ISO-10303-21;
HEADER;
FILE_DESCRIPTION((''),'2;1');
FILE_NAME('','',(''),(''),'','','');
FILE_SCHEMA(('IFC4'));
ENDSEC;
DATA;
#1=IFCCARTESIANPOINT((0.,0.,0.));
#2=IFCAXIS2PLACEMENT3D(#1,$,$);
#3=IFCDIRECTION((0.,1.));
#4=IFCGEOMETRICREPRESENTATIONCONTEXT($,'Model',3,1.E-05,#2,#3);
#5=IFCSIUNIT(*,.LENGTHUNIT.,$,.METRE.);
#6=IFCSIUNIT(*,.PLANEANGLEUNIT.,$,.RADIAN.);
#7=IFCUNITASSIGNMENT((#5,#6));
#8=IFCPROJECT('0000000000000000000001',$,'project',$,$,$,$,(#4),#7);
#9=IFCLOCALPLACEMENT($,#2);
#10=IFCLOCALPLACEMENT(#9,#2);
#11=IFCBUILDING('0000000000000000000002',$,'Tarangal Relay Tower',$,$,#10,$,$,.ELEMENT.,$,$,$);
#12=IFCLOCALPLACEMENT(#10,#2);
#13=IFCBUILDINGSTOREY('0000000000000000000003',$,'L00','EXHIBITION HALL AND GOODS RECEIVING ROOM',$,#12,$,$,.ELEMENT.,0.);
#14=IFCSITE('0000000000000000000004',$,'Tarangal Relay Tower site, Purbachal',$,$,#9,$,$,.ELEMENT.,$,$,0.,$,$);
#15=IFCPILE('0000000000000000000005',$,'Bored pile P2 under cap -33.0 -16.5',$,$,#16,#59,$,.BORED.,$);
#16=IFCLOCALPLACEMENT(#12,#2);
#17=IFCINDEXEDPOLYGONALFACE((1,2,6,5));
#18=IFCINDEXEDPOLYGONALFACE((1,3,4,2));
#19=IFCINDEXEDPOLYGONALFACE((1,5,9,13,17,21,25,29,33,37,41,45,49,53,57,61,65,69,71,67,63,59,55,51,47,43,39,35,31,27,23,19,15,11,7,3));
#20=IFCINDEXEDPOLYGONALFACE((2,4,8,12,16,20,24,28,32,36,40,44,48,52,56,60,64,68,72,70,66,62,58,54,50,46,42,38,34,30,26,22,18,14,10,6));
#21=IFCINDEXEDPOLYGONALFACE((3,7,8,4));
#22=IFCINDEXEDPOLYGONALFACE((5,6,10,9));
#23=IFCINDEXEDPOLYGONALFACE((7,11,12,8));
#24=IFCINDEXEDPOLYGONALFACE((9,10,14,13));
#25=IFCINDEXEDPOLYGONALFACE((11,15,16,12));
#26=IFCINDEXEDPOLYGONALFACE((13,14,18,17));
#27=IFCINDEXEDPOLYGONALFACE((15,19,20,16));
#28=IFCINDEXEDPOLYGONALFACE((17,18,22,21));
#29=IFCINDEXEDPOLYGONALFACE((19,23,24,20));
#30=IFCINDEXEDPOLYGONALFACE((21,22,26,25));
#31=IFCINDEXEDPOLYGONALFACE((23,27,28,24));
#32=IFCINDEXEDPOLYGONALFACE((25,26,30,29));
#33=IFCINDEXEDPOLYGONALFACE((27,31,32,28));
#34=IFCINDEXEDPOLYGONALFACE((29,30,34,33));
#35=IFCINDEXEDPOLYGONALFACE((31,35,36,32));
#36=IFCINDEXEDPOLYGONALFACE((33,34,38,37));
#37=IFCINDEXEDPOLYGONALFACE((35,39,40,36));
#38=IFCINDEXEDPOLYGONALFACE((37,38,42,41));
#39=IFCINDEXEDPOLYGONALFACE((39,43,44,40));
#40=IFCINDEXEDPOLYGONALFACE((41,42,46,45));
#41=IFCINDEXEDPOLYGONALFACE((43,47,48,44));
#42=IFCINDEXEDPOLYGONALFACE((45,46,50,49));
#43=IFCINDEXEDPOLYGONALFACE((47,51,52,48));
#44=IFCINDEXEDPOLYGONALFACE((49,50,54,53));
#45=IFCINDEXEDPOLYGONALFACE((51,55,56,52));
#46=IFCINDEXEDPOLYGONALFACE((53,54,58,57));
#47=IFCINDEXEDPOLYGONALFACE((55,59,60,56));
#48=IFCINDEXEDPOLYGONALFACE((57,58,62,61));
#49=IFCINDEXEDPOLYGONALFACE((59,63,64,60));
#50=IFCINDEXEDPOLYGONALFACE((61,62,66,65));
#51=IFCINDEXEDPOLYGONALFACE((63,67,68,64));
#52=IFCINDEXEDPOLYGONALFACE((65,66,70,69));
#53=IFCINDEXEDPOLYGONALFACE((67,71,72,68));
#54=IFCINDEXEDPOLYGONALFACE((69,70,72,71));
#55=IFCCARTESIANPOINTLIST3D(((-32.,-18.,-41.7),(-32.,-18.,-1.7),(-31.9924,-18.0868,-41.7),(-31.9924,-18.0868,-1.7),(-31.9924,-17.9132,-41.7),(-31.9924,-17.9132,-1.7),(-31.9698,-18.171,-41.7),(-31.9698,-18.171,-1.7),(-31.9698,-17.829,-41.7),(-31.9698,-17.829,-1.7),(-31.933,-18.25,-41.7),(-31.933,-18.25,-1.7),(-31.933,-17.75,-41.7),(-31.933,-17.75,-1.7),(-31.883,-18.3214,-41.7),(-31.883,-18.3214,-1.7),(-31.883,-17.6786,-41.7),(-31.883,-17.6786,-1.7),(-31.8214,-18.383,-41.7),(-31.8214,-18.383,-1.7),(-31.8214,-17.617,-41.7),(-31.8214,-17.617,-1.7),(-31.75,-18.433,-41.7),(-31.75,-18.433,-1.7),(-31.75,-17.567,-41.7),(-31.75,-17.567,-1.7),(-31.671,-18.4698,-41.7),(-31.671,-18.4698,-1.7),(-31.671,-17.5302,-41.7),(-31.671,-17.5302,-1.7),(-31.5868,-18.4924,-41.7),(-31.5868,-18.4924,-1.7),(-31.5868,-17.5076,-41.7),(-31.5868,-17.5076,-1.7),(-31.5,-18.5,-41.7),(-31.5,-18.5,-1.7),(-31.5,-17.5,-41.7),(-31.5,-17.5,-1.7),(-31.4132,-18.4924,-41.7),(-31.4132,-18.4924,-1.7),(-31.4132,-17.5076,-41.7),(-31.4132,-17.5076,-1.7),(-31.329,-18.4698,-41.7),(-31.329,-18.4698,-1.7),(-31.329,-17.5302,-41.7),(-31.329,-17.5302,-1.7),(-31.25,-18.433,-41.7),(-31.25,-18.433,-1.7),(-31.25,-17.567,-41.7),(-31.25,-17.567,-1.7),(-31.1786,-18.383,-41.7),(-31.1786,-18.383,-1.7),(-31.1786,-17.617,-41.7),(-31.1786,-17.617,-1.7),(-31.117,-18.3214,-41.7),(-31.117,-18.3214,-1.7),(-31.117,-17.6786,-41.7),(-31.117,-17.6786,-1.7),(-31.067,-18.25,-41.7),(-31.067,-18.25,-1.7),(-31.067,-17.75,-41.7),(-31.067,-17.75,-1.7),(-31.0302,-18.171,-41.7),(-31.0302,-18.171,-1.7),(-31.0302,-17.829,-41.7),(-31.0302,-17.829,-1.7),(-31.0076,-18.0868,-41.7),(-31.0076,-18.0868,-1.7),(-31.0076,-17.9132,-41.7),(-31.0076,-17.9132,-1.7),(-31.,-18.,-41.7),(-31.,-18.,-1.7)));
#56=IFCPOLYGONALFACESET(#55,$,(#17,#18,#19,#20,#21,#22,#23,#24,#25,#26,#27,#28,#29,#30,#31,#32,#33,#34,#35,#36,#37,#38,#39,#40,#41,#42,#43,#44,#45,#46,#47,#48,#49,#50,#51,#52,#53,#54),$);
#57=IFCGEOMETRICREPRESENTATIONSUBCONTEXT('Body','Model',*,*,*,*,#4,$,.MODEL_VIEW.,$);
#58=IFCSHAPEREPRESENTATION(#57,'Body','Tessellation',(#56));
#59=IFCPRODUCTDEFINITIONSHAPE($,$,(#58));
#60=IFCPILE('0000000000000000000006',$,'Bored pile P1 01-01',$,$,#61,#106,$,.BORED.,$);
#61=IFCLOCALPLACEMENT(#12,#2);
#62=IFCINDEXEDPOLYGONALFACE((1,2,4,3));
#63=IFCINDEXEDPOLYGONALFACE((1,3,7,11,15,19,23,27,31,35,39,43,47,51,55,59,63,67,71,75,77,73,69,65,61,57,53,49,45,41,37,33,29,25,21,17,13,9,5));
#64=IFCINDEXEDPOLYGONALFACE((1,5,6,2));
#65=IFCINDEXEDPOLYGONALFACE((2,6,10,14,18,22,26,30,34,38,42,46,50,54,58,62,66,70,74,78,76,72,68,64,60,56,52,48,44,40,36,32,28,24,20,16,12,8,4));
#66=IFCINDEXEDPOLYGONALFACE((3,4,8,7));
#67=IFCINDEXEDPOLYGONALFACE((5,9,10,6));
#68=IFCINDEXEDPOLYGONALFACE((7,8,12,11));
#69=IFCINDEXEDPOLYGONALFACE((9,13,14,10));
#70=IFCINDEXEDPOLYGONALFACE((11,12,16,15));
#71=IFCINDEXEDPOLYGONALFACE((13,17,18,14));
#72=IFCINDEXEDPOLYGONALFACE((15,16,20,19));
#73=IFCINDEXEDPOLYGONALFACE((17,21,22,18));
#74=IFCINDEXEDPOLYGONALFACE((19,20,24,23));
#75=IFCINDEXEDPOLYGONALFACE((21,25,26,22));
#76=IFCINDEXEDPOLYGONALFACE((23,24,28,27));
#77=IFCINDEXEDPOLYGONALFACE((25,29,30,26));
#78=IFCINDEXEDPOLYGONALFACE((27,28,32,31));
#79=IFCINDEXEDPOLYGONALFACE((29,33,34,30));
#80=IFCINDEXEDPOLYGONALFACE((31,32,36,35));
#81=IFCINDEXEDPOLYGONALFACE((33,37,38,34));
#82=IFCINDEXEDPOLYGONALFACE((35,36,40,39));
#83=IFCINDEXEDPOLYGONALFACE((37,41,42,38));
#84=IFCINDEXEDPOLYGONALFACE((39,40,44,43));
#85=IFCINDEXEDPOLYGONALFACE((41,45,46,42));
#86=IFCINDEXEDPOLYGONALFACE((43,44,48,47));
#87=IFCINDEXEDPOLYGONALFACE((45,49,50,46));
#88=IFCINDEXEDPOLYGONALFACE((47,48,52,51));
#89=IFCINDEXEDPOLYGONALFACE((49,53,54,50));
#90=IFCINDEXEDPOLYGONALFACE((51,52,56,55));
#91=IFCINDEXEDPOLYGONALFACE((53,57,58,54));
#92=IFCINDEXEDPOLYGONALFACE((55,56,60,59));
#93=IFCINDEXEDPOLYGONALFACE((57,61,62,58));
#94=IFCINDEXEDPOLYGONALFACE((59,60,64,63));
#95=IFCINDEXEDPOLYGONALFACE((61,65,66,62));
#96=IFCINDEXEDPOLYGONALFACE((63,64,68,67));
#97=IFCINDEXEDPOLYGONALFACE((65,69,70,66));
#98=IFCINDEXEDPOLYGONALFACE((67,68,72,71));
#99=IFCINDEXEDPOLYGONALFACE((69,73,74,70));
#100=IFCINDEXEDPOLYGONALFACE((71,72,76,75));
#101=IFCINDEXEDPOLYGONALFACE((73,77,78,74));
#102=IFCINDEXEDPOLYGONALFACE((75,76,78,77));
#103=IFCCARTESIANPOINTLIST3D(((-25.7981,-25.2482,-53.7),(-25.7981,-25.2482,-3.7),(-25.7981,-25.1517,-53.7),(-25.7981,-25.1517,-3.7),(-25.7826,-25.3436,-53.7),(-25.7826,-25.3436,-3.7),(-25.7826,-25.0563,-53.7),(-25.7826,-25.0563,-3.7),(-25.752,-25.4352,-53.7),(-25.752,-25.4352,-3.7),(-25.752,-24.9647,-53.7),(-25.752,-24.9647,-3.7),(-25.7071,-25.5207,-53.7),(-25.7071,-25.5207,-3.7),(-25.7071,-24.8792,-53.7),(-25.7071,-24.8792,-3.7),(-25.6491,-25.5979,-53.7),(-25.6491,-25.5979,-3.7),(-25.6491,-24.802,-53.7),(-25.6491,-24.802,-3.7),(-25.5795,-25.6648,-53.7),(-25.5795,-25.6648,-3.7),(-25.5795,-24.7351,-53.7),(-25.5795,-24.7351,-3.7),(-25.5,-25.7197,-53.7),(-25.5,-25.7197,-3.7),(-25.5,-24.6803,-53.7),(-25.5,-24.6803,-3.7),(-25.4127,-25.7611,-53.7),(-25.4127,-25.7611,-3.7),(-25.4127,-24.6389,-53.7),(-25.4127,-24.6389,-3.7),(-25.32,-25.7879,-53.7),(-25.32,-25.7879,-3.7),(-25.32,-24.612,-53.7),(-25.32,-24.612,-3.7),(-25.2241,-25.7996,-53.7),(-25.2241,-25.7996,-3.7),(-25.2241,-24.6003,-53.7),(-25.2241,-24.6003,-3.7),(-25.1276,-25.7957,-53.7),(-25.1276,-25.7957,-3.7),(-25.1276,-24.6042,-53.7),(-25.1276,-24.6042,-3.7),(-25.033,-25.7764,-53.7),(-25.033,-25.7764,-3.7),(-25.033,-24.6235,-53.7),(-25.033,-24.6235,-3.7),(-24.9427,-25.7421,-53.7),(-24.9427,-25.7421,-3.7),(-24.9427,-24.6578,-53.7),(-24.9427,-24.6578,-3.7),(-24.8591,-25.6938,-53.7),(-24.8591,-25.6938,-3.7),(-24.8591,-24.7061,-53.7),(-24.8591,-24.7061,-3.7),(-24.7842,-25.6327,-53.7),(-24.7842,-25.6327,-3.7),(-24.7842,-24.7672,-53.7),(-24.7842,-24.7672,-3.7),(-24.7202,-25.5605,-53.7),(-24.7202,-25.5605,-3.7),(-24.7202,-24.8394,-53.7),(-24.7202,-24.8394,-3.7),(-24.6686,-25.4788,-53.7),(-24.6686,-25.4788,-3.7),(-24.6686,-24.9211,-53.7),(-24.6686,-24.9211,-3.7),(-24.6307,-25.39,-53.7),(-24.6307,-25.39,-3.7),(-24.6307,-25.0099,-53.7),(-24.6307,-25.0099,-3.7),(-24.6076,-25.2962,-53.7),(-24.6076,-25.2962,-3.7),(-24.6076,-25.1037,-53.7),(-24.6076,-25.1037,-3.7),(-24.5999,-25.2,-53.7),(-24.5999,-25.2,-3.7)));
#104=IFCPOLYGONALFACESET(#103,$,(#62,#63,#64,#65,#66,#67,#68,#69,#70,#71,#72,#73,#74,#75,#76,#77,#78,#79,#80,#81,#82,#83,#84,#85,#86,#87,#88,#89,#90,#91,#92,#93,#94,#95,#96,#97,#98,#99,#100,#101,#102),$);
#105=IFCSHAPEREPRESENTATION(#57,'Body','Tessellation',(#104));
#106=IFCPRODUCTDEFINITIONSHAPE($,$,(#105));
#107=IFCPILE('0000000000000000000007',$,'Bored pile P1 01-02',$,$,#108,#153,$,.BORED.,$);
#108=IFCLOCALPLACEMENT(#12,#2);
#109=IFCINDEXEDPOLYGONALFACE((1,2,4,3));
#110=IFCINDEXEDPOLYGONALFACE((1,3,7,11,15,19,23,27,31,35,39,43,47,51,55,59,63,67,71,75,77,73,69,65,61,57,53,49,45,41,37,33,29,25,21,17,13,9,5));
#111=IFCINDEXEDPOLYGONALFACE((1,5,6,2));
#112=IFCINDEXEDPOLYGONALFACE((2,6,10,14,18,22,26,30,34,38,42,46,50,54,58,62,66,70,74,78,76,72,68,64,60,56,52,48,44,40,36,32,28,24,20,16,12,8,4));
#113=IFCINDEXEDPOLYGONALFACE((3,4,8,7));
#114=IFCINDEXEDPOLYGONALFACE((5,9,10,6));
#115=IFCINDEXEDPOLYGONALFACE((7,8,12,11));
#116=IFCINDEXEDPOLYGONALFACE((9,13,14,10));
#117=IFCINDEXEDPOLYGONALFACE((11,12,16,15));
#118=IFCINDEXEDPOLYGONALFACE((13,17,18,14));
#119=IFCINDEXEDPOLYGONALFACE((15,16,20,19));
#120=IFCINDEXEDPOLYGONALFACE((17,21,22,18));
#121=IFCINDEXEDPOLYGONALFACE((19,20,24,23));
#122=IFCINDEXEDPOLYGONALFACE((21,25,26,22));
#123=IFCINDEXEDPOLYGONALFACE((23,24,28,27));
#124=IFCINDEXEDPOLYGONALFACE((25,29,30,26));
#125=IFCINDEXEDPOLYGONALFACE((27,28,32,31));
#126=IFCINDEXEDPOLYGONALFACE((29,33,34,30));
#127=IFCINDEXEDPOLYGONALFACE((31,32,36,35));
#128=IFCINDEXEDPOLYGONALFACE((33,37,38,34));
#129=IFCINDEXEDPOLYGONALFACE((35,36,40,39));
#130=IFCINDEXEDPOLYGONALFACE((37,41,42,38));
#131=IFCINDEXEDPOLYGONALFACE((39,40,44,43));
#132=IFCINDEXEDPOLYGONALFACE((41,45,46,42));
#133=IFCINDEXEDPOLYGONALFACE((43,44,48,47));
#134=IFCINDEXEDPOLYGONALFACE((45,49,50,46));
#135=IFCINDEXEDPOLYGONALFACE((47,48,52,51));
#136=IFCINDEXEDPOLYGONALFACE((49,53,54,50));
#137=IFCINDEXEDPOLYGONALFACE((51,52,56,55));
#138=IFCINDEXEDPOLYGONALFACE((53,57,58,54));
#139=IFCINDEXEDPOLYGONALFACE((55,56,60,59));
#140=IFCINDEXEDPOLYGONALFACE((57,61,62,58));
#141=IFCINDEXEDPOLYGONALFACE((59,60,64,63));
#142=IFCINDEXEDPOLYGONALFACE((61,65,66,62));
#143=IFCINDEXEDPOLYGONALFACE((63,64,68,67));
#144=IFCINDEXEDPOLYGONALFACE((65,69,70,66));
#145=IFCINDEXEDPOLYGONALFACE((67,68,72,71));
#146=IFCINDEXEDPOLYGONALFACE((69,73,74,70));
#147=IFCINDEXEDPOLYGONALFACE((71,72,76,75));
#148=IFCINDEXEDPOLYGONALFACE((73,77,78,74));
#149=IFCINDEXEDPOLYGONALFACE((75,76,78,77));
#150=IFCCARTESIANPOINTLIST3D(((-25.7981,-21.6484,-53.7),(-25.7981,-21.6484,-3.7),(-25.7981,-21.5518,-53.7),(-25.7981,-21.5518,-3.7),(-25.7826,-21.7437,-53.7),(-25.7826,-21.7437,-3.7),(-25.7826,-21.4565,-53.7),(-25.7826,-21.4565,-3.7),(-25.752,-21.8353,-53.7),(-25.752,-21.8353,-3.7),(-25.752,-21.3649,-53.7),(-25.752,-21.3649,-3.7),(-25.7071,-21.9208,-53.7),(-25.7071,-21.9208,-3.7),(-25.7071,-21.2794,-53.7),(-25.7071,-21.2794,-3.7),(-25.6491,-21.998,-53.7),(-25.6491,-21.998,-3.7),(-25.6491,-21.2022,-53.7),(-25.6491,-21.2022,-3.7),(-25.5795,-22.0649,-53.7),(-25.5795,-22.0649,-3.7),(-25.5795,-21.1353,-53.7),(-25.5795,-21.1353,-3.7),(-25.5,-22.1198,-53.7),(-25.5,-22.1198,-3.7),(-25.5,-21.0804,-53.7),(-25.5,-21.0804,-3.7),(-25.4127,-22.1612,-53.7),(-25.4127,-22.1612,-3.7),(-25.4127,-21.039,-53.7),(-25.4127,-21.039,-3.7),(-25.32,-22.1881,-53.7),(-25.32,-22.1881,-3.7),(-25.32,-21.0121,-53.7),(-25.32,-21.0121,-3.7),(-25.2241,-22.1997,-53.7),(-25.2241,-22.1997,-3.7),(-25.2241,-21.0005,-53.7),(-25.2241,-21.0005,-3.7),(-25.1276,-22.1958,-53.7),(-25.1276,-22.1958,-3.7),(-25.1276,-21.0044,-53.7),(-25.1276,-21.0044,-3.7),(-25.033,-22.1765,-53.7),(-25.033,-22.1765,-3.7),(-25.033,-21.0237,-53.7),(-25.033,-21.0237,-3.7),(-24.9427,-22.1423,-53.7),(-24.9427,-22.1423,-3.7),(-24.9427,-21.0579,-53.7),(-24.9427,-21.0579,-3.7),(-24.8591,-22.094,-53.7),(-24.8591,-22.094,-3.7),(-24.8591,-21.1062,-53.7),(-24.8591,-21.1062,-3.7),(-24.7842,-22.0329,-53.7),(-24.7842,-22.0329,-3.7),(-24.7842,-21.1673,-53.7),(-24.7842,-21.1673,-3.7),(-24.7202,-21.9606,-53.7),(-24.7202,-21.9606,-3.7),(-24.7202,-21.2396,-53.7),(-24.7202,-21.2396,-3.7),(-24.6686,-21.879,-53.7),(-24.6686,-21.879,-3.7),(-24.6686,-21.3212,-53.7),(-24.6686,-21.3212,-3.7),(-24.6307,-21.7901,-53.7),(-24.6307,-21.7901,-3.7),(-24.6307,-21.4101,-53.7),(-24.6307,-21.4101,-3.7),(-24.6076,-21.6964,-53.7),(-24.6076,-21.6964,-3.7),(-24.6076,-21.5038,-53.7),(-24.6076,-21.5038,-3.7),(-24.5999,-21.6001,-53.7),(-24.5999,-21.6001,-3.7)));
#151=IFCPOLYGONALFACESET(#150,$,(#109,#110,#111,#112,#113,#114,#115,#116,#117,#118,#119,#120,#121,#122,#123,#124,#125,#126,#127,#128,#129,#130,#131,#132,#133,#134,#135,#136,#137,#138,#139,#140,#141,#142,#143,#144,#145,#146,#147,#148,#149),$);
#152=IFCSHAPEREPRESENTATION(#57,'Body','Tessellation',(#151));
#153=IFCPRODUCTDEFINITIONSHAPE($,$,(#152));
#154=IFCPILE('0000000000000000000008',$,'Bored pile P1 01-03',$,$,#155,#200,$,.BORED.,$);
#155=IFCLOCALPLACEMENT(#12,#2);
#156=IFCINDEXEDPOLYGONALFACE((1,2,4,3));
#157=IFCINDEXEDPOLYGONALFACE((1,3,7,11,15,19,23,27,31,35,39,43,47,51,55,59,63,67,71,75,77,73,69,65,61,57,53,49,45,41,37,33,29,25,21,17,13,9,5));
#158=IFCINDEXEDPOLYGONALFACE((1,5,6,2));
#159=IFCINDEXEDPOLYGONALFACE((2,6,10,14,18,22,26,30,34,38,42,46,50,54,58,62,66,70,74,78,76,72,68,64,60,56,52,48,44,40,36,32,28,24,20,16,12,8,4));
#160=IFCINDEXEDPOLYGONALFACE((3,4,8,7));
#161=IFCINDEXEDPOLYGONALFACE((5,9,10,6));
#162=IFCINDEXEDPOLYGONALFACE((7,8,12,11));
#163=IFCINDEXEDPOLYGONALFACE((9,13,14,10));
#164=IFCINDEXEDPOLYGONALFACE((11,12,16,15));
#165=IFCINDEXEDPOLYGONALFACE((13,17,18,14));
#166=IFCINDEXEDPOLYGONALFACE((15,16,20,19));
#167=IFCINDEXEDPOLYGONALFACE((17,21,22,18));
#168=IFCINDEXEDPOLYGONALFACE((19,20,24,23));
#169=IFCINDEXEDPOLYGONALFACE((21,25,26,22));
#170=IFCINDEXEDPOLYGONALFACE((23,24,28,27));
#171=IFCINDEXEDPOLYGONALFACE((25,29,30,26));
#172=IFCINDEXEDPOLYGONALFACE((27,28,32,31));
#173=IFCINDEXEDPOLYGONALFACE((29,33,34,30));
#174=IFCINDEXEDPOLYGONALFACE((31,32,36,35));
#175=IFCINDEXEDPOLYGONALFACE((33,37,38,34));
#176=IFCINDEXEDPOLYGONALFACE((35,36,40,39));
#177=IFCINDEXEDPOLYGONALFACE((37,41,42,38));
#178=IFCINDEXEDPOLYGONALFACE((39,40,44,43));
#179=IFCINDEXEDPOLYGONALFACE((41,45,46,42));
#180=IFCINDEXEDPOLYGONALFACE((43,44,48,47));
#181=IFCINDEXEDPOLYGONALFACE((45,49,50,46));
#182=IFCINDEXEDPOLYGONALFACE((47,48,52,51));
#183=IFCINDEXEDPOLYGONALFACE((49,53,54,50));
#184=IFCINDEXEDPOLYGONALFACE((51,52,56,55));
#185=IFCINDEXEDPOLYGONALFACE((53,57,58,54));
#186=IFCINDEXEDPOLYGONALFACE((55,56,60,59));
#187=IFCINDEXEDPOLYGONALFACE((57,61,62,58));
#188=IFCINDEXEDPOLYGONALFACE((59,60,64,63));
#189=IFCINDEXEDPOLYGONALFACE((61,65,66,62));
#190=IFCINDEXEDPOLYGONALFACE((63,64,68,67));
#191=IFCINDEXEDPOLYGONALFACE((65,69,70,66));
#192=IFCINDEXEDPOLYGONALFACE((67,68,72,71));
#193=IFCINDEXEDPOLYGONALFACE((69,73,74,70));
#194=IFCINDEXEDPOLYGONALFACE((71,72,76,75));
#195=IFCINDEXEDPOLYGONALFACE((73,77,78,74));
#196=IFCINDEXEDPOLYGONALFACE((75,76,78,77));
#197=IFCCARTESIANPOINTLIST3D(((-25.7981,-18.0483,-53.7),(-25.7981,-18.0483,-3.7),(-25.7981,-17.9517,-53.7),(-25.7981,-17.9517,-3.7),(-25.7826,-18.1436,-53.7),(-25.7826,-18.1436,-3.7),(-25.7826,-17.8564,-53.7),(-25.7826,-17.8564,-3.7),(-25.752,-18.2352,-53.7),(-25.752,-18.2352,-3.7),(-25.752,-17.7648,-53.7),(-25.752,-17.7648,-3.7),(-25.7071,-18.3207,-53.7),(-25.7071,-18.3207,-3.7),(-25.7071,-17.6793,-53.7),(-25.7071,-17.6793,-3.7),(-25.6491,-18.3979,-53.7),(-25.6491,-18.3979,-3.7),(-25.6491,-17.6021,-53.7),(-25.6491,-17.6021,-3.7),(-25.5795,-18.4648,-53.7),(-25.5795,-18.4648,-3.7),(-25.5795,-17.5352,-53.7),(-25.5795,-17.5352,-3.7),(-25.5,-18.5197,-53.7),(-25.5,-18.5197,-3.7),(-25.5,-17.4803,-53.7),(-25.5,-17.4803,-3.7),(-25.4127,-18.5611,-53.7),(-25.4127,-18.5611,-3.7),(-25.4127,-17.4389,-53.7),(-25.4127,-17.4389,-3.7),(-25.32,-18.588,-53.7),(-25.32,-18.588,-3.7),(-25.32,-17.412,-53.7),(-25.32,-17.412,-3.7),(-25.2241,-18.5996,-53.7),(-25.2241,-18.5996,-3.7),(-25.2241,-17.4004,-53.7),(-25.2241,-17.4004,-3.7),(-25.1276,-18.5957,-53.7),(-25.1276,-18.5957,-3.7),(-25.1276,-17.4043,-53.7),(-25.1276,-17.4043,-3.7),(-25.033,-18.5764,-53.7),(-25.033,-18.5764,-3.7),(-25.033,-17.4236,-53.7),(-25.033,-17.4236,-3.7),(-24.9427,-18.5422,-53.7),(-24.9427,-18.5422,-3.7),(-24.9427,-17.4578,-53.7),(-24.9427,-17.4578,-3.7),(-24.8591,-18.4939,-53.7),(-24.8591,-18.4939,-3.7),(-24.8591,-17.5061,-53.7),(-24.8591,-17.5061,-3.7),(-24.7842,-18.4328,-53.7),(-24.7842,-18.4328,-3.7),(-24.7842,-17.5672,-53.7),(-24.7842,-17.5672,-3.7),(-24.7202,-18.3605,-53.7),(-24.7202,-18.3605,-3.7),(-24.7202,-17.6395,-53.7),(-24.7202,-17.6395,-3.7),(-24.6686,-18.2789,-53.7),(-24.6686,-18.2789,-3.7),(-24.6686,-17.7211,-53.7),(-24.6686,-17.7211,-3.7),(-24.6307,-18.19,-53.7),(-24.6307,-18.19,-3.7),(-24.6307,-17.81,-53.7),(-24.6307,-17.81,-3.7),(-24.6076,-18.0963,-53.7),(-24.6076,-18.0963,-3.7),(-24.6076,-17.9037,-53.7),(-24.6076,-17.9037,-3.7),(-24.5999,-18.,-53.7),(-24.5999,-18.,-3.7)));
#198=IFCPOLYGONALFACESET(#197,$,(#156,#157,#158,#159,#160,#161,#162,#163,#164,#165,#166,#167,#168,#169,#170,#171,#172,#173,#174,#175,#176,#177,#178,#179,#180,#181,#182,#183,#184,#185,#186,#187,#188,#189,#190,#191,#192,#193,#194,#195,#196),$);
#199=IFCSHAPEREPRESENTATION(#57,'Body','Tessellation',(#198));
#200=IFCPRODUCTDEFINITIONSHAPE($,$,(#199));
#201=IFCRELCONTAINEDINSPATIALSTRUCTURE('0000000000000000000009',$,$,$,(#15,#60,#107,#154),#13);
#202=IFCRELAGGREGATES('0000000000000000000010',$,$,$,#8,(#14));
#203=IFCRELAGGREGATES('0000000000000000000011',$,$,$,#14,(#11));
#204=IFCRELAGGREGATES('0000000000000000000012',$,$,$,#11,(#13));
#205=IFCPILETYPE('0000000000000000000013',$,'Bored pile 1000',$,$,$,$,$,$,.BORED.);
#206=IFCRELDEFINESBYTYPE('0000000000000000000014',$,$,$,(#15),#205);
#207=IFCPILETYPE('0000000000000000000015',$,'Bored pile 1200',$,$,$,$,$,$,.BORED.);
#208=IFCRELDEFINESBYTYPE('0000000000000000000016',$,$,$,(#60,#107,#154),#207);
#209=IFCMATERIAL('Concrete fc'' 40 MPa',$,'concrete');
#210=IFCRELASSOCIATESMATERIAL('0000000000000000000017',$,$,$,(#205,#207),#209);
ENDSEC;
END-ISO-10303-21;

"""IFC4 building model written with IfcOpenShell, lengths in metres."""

from ifc_helpers import new_model, si_unit, direction, frame, origin, origin_2d, place, context, subcontext, project, spatial, circle, extrude, material, material_profile, profile_set, type_object, element, save


model = new_model("IFC4")

# Units and contexts
model_context = context("Model", 3, precision=1e-05, world=origin(), true_north=direction((0.0, 1.0)))
body_context = subcontext(model_context, "Body", "Model", "MODEL_VIEW")
ifc_project = project(units=[si_unit("LENGTHUNIT", "METRE"), si_unit("PLANEANGLEUNIT", "RADIAN")], contexts=[model_context])

# Site, building, storey
site_placement = place(None, origin())
site = spatial("IfcSite", under=ifc_project, at=site_placement, Name="Tarangal Relay Tower site, Purbachal", CompositionType="ELEMENT", RefElevation=0.0)
building_placement = place(site_placement, origin())
building = spatial("IfcBuilding", under=site, at=building_placement, Name="Tarangal Relay Tower", CompositionType="ELEMENT")
storey_placement = place(building_placement, origin())
storey = spatial("IfcBuildingStorey", under=building, at=storey_placement, Name="L00", Description="EXHIBITION HALL AND GOODS RECEIVING ROOM", CompositionType="ELEMENT", Elevation=0.0)

# Piles
ifc_material_1 = material(Name="Concrete fc' 40 MPa", Category="concrete")
ifc_material_profile_1 = material_profile(ifc_material_1, circle(Radius=0.5, at=origin_2d()), Name="D1000")
ifc_profile_set_1 = profile_set([ifc_material_profile_1], Name="Concrete fc' 40 MPa")
pile_type_1 = type_object("IfcPileType", Name="Bored pile 1000", PredefinedType="BORED", material=ifc_profile_set_1)
for number, where, z_axis, x_axis, name in (
    (1, (-31.5, -18.0, -1.7), (0.0, 0.0, -1.0), (1.0, 0.0, 0.0), "Bored pile P2 under cap -33.0 -16.5"),
):
    element("IfcPile", number, at=place(storey_placement, frame(where, z_axis=z_axis, x_axis=x_axis)), inside=storey, type_object=pile_type_1, Name=name, PredefinedType="BORED", context=body_context, shape_type="SweptSolid", body=[
        extrude(circle(Radius=0.5, at=origin_2d()), origin(), (0.0, 0.0, 1.0), 40.0),
    ])
ifc_material_profile_2 = material_profile(ifc_material_1, circle(Radius=0.6001, at=origin_2d()), Name="D1200")
ifc_profile_set_2 = profile_set([ifc_material_profile_2], Name="Concrete fc' 40 MPa")
pile_type_2 = type_object("IfcPileType", Name="Bored pile 1200", PredefinedType="BORED", material=ifc_profile_set_2)
for number, where, z_axis, x_axis, name in (
    (2, (-25.2, -25.2, -3.7), (0.0, 0.0, -1.0), (1.0, 0.0, 0.0), "Bored pile P1 01-01"),
    (3, (-25.2, -21.6001, -3.7), (0.0, 0.0, -1.0), (1.0, 0.0, 0.0), "Bored pile P1 01-02"),
    (4, (-25.2, -18.0, -3.7), (0.0, 0.0, -1.0), (1.0, 0.0, 0.0), "Bored pile P1 01-03"),
):
    element("IfcPile", number, at=place(storey_placement, frame(where, z_axis=z_axis, x_axis=x_axis)), inside=storey, type_object=pile_type_2, Name=name, PredefinedType="BORED", context=body_context, shape_type="SweptSolid", body=[
        extrude(circle(Radius=0.6001, at=origin_2d()), origin(), (0.0, 0.0, 1.0), 50.0),
    ])

save(model, "model.ifc")
